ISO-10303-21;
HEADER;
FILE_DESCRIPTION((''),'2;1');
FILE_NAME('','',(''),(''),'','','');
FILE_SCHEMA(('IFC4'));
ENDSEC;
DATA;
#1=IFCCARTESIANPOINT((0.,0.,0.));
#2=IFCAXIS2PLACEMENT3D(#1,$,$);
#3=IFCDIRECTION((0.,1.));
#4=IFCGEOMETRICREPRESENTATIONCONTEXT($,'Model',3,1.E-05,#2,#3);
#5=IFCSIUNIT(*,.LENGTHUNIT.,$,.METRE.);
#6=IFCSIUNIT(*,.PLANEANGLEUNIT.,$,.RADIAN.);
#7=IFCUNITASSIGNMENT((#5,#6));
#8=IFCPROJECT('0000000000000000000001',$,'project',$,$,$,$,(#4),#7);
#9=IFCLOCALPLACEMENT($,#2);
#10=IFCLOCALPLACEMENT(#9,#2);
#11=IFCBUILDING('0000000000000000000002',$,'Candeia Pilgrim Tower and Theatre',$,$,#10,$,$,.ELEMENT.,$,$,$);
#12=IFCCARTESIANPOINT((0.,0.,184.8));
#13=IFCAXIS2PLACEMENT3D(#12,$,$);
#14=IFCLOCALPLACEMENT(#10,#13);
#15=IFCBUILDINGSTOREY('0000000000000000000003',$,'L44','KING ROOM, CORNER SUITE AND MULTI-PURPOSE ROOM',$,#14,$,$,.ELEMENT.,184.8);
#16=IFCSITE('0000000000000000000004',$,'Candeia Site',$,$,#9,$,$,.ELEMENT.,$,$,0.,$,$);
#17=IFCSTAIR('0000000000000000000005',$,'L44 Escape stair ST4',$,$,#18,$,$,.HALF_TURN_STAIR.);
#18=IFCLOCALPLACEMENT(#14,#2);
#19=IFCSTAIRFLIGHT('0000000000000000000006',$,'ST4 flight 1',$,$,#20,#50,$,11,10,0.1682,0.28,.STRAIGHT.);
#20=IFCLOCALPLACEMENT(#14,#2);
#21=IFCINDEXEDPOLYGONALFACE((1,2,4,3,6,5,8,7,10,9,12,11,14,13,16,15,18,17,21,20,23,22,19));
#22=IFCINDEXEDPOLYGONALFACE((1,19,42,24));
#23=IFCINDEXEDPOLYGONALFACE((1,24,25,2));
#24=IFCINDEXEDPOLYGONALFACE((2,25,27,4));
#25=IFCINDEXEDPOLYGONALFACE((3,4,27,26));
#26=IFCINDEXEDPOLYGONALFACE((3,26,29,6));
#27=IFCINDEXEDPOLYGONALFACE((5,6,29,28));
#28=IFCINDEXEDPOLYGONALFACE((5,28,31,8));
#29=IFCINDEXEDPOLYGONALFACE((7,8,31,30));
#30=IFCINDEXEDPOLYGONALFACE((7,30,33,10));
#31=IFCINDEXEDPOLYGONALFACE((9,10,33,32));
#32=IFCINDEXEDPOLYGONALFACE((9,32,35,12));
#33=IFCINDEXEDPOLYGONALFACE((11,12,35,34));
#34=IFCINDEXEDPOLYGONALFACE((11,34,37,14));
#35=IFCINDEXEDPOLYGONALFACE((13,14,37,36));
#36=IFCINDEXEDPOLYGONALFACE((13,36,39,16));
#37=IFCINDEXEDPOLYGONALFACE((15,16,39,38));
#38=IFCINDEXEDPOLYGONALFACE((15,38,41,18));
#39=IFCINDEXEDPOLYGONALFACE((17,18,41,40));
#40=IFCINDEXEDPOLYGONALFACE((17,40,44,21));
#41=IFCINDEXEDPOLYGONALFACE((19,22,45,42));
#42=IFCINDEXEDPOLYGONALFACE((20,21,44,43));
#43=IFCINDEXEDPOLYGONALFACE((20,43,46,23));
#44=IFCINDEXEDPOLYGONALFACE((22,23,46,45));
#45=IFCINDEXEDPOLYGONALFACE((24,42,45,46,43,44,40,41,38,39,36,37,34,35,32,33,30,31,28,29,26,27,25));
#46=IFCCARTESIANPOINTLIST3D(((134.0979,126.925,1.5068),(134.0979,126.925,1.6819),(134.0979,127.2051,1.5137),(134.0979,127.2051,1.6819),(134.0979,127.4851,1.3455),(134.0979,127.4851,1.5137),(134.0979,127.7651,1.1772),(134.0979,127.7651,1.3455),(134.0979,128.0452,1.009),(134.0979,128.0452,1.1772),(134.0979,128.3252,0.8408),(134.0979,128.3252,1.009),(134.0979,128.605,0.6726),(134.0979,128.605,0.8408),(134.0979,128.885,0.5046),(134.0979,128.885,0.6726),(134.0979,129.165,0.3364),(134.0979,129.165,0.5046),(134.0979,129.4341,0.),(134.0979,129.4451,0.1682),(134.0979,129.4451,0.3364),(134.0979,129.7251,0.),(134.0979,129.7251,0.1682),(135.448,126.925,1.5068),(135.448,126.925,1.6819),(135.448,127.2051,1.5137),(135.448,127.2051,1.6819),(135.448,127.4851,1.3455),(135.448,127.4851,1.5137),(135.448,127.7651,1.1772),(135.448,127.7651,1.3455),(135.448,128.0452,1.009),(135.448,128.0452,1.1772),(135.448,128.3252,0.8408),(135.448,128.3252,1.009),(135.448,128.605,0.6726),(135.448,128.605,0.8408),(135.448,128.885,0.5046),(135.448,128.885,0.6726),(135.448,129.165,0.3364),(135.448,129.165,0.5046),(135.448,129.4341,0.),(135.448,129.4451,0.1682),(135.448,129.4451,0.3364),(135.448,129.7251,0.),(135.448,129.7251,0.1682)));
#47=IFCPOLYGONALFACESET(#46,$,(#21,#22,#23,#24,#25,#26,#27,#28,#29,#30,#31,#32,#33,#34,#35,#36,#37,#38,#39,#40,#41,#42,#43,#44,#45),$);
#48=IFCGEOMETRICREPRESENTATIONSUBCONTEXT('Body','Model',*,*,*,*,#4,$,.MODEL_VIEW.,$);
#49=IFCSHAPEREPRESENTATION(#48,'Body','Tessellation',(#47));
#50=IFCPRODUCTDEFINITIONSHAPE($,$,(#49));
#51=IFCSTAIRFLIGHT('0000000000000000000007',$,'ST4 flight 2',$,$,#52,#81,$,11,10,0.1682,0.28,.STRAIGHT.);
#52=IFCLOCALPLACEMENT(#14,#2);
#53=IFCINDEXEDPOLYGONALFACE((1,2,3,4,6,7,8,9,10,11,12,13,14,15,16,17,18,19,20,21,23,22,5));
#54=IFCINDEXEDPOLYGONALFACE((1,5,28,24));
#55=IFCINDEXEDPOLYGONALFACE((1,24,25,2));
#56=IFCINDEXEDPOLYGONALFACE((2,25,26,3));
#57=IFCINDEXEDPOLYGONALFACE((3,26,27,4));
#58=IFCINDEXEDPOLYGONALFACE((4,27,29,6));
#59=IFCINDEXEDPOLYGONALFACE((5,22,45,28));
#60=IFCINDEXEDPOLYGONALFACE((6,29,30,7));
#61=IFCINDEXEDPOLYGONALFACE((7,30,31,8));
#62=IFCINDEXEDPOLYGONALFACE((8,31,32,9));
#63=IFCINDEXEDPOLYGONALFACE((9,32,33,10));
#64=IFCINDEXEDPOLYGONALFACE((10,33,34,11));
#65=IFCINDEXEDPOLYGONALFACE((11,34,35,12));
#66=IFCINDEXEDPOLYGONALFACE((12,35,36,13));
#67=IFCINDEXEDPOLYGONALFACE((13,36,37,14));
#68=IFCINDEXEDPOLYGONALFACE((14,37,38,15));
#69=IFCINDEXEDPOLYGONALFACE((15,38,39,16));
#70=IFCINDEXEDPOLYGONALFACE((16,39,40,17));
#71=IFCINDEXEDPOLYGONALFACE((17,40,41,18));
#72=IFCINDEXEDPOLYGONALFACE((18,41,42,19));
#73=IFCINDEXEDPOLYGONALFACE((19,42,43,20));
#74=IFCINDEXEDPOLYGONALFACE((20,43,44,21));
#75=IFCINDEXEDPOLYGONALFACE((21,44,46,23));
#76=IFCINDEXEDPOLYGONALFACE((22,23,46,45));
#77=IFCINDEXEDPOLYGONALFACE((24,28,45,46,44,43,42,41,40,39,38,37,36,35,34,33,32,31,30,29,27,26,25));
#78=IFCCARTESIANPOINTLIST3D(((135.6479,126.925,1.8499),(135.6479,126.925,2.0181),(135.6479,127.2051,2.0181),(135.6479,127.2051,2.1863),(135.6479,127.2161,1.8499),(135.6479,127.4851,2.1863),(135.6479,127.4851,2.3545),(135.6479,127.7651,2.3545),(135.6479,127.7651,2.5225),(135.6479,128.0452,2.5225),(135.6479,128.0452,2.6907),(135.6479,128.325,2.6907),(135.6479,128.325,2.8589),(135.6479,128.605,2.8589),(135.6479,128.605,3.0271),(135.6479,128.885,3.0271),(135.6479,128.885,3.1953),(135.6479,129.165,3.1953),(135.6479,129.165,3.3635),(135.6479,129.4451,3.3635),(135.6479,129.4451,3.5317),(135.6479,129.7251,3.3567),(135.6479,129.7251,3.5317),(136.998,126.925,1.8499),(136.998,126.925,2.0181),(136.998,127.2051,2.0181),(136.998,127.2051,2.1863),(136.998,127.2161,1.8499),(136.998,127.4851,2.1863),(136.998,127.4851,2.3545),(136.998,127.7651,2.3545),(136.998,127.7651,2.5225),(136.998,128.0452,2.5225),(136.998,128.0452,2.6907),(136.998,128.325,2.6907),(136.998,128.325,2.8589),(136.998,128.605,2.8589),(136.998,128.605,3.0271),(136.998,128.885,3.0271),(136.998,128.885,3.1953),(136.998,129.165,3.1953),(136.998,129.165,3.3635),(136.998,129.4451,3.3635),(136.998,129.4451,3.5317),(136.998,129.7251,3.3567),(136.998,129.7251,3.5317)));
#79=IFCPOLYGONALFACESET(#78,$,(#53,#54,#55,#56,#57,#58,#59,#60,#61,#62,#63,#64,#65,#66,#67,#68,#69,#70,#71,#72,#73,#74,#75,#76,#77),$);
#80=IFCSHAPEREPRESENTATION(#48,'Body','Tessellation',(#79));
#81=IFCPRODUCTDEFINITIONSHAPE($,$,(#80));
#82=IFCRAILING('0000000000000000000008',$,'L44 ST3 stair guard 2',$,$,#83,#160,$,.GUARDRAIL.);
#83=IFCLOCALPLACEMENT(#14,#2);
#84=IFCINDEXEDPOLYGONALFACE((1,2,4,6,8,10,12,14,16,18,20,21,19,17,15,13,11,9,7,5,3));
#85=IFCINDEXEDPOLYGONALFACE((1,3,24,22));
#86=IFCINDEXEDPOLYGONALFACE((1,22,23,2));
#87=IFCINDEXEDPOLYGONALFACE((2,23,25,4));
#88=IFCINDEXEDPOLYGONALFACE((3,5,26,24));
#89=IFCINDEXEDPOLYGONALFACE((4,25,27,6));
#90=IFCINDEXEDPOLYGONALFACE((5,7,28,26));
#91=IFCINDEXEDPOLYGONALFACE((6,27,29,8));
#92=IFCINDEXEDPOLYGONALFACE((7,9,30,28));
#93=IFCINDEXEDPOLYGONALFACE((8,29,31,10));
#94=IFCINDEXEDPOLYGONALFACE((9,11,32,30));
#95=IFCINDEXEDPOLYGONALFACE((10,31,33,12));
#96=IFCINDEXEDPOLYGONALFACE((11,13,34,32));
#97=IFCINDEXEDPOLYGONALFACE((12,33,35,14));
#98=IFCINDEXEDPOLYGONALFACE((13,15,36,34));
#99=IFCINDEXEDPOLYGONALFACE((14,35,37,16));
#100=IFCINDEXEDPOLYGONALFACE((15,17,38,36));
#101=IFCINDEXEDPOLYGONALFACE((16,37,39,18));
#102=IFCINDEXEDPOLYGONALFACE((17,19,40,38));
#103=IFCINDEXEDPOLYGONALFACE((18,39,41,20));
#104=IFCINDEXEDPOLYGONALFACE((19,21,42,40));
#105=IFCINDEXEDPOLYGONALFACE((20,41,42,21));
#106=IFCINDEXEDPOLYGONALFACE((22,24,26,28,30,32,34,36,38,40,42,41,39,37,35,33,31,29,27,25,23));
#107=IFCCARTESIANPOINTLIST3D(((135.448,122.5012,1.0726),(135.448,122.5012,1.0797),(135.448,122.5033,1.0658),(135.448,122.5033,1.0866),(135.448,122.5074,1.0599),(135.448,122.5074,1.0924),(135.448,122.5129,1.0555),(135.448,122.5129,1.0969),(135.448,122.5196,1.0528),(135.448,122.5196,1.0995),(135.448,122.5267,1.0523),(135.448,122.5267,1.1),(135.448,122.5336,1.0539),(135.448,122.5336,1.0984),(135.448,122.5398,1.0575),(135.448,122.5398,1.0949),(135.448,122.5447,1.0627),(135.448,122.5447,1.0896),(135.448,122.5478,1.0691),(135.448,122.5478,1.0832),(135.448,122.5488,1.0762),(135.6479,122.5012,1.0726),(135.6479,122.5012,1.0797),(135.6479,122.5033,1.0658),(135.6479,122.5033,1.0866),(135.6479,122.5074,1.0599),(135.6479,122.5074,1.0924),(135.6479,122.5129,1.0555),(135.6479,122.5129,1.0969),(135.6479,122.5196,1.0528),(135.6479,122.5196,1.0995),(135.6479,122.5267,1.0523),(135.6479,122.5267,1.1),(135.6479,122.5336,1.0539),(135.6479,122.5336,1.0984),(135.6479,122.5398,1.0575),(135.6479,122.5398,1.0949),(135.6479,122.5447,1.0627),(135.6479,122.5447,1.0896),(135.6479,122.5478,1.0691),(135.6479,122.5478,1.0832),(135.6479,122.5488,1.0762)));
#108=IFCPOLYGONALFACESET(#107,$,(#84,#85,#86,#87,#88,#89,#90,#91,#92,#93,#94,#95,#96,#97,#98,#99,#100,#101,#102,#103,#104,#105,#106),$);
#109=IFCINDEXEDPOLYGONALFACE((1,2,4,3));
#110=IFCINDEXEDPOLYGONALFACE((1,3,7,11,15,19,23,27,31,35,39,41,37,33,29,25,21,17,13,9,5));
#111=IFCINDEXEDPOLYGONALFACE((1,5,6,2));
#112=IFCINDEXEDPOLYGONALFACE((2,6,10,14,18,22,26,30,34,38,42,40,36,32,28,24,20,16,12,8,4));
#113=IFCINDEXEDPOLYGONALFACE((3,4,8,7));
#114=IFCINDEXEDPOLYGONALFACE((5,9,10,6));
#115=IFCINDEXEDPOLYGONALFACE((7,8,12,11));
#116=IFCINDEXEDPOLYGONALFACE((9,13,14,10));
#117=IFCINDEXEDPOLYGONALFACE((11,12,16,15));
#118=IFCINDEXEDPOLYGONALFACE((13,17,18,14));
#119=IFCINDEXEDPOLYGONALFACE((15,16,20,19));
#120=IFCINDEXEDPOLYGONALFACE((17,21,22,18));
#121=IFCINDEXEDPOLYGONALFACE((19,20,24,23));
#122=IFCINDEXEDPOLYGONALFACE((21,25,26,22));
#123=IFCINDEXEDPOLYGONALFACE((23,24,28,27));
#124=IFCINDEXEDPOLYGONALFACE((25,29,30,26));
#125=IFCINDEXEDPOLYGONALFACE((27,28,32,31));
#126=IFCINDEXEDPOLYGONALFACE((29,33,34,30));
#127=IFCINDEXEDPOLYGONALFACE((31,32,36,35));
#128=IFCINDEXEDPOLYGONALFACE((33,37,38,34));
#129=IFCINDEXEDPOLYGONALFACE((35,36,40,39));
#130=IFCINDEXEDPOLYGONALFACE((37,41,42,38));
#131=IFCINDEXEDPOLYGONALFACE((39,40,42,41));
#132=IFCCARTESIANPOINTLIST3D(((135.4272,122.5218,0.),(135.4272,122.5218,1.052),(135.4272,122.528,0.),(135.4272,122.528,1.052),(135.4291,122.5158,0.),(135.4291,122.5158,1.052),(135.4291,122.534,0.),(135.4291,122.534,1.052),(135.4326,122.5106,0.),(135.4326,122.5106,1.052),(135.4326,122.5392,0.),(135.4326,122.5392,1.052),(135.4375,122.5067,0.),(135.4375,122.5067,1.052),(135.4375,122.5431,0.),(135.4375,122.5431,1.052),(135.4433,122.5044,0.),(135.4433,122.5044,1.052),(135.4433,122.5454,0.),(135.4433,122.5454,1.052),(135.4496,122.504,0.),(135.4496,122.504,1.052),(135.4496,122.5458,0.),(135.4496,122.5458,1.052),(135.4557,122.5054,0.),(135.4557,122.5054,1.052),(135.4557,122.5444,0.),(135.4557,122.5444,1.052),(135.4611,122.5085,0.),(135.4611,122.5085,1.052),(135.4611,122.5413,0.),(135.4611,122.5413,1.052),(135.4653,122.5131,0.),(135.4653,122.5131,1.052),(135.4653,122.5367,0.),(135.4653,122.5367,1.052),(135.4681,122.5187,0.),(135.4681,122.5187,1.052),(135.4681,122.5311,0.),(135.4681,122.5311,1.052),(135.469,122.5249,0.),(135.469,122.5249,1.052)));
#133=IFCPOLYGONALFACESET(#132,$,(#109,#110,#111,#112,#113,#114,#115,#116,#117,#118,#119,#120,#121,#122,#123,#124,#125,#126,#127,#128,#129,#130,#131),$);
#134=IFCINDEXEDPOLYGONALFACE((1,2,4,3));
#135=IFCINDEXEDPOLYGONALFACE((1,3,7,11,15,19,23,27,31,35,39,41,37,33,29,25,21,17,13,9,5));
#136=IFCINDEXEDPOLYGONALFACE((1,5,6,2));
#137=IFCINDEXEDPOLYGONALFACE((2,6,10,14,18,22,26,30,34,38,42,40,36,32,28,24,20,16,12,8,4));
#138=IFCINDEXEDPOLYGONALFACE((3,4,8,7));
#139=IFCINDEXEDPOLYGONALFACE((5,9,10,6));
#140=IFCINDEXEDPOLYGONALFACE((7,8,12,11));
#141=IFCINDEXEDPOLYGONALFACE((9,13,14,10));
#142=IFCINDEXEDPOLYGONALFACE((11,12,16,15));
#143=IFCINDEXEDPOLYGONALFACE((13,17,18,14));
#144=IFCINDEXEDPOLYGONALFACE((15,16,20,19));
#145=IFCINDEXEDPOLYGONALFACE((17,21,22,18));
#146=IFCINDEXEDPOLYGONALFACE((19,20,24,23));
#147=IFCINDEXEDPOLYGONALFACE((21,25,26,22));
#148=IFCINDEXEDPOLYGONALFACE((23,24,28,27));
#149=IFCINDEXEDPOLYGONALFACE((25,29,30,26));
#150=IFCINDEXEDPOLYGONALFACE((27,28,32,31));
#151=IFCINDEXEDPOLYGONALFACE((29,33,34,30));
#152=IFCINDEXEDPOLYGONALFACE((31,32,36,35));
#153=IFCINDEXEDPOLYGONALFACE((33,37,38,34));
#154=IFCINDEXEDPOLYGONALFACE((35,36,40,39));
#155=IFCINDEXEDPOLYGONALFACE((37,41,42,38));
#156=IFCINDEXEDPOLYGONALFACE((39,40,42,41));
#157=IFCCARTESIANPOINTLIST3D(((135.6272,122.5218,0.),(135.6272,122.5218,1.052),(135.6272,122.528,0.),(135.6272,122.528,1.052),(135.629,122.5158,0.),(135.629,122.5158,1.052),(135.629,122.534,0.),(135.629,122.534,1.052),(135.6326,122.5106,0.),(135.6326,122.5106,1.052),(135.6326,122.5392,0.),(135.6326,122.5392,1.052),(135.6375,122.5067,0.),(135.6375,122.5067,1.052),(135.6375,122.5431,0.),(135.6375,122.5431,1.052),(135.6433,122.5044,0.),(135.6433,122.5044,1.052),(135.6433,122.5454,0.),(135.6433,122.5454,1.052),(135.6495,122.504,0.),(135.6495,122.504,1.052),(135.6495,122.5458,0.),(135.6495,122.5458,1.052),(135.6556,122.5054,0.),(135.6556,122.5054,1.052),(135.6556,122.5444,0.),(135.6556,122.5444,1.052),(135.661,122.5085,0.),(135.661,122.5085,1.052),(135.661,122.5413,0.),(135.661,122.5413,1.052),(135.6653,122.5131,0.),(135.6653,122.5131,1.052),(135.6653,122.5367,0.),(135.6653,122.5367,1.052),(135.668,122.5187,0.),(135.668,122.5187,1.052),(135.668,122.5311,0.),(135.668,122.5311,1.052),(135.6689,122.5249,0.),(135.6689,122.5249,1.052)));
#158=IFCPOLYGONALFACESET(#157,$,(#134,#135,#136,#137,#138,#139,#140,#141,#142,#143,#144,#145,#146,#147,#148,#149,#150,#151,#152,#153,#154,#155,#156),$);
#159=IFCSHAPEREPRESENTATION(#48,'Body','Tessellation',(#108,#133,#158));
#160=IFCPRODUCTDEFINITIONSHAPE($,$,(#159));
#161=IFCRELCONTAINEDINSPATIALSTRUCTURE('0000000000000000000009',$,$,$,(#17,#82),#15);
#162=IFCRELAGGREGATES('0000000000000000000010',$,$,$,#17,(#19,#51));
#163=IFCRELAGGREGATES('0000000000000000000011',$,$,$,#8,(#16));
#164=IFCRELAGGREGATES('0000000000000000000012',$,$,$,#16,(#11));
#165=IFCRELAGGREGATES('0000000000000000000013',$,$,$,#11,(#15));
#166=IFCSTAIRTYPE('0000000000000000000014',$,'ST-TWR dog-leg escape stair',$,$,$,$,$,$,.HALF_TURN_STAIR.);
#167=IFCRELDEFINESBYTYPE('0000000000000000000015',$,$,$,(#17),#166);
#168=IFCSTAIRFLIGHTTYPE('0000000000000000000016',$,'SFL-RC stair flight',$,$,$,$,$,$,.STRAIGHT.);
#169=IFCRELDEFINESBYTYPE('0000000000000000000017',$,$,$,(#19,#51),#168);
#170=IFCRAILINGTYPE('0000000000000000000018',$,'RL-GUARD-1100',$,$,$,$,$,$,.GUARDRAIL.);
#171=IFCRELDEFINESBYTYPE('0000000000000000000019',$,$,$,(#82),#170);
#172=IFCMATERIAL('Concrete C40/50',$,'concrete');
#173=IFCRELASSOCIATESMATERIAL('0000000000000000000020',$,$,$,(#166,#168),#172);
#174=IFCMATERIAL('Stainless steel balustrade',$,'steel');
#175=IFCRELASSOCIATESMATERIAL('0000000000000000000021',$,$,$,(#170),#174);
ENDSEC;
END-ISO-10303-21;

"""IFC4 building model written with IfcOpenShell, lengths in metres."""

from ifc_helpers import new_model, si_unit, direction, frame, origin, origin_2d, place, context, subcontext, project, spatial, polyline, circle, outline, extrude, material, type_object, element, aggregate, save


model = new_model("IFC4")

# Units and contexts
model_context = context("Model", 3, precision=1e-05, world=origin(), true_north=direction((0.0, 1.0)))
body_context = subcontext(model_context, "Body", "Model", "MODEL_VIEW")
ifc_project = project(units=[si_unit("LENGTHUNIT", "METRE"), si_unit("PLANEANGLEUNIT", "RADIAN")], contexts=[model_context])

# Site, building, storey
site_placement = place(None, origin())
site = spatial("IfcSite", under=ifc_project, at=site_placement, Name="Candeia Site", CompositionType="ELEMENT", RefElevation=0.0)
building_placement = place(site_placement, origin())
building = spatial("IfcBuilding", under=site, at=building_placement, Name="Candeia Pilgrim Tower and Theatre", CompositionType="ELEMENT")
storey_placement = place(building_placement, frame((0.0, 0.0, 184.8)))
storey = spatial("IfcBuildingStorey", under=building, at=storey_placement, Name="L44", Description="KING ROOM, CORNER SUITE AND MULTI-PURPOSE ROOM", CompositionType="ELEMENT", Elevation=184.8)

# Shared definitions
ifc_material_1 = material(Name="Concrete C40/50", Category="concrete")

# Stair, stair flights
stair_type = type_object("IfcStairType", Name="ST-TWR dog-leg escape stair", PredefinedType="HALF_TURN_STAIR", material=ifc_material_1)
stair_flight_type = type_object("IfcStairFlightType", Name="SFL-RC stair flight", PredefinedType="STRAIGHT", material=ifc_material_1)
stair_1_placement = place(storey_placement, origin())
stair_1 = element("IfcStair", 1, at=stair_1_placement, inside=storey, type_object=stair_type, Name="L44 Escape stair ST4", PredefinedType="HALF_TURN_STAIR")
stair_flight_1_placement = place(storey_placement, frame((134.7729, 129.7251, 0.0), z_axis=(0.0, 0.0, 1.0), x_axis=(0.0, -1.0, 0.0)))
stair_flight_1 = element("IfcStairFlight", 2, at=stair_flight_1_placement, type_object=stair_flight_type, Name="ST4 flight 1", NumberOfRisers=11, NumberOfTreads=10, PredefinedType="STRAIGHT", RiserHeight=0.1682, TreadLength=0.28, context=body_context, shape_type="SweptSolid", body=[
    extrude(outline(polyline([(0.0, 0.0), (0.0, 0.1682), (0.28, 0.1682), (0.28, 0.3364), (0.5601, 0.3364), (0.5601, 0.5046), (0.8401, 0.5046), (0.8401, 0.6726), (1.1201, 0.6726), (1.1201, 0.8408), (1.3999, 0.8408), (1.3999, 1.009), (1.6799, 1.009), (1.6799, 1.1772), (1.96, 1.1772), (1.96, 1.3455), (2.24, 1.3455), (2.24, 1.5137), (2.52, 1.5137), (2.52, 1.6819), (2.8, 1.6819), (2.8, 1.8501), (2.8, 1.5068), (0.291, 0.0), (0.0, 0.0)])), frame((0.0, 0.675, 0.0), z_axis=(0.0, -1.0, 0.0), x_axis=(1.0, 0.0, 0.0)), (0.0, 0.0, 1.0), 1.3501),
])
stair_flight_2_placement = place(storey_placement, frame((136.323, 126.925, 1.8499), z_axis=(0.0, 0.0, 1.0), x_axis=(0.0, 1.0, 0.0)))
stair_flight_2 = element("IfcStairFlight", 3, at=stair_flight_2_placement, type_object=stair_flight_type, Name="ST4 flight 2", NumberOfRisers=11, NumberOfTreads=10, PredefinedType="STRAIGHT", RiserHeight=0.1682, TreadLength=0.28, context=body_context, shape_type="SweptSolid", body=[
    extrude(outline(polyline([(0.0, 0.0), (0.0, 0.1682), (0.28, 0.1682), (0.28, 0.3364), (0.5601, 0.3364), (0.5601, 0.5046), (0.8401, 0.5046), (0.8401, 0.6726), (1.1201, 0.6726), (1.1201, 0.8408), (1.3999, 0.8408), (1.3999, 1.009), (1.6799, 1.009), (1.6799, 1.1772), (1.96, 1.1772), (1.96, 1.3455), (2.24, 1.3455), (2.24, 1.5137), (2.52, 1.5137), (2.52, 1.6819), (2.8, 1.6819), (2.8, 1.8501), (2.8, 1.5068), (0.291, 0.0), (0.0, 0.0)])), frame((0.0, 0.675, 0.0), z_axis=(0.0, -1.0, 0.0), x_axis=(1.0, 0.0, 0.0)), (0.0, 0.0, 1.0), 1.3501),
])
aggregate(stair_1, [stair_flight_1, stair_flight_2])

# Railing
ifc_material_2 = material(Name="Stainless steel balustrade", Category="steel")
railing_type_1 = type_object("IfcRailingType", Name="RL-GUARD-1100", PredefinedType="GUARDRAIL", material=ifc_material_2)
railing_1_placement = place(storey_placement, frame((135.448, 122.5249, 0.0)))
element("IfcRailing", 4, at=railing_1_placement, inside=storey, type_object=railing_type_1, Name="L44 ST3 stair guard 2", PredefinedType="GUARDRAIL", context=body_context, shape_type="SweptSolid", body=[
    extrude(circle(Radius=0.0239, at=origin_2d()), frame((0.0, 0.0, 1.0762), z_axis=(1.0, 0.0, 0.0), x_axis=(0.0, 1.0, 0.0)), (0.0, 0.0, 1.0), 0.2),
    extrude(circle(Radius=0.021, at=origin_2d()), origin(), (0.0, 0.0, 1.0), 1.052),
    extrude(circle(Radius=0.021, at=origin_2d()), frame((0.2, 0.0, 0.0)), (0.0, 0.0, 1.0), 1.052),
])

save(model, "model.ifc")
